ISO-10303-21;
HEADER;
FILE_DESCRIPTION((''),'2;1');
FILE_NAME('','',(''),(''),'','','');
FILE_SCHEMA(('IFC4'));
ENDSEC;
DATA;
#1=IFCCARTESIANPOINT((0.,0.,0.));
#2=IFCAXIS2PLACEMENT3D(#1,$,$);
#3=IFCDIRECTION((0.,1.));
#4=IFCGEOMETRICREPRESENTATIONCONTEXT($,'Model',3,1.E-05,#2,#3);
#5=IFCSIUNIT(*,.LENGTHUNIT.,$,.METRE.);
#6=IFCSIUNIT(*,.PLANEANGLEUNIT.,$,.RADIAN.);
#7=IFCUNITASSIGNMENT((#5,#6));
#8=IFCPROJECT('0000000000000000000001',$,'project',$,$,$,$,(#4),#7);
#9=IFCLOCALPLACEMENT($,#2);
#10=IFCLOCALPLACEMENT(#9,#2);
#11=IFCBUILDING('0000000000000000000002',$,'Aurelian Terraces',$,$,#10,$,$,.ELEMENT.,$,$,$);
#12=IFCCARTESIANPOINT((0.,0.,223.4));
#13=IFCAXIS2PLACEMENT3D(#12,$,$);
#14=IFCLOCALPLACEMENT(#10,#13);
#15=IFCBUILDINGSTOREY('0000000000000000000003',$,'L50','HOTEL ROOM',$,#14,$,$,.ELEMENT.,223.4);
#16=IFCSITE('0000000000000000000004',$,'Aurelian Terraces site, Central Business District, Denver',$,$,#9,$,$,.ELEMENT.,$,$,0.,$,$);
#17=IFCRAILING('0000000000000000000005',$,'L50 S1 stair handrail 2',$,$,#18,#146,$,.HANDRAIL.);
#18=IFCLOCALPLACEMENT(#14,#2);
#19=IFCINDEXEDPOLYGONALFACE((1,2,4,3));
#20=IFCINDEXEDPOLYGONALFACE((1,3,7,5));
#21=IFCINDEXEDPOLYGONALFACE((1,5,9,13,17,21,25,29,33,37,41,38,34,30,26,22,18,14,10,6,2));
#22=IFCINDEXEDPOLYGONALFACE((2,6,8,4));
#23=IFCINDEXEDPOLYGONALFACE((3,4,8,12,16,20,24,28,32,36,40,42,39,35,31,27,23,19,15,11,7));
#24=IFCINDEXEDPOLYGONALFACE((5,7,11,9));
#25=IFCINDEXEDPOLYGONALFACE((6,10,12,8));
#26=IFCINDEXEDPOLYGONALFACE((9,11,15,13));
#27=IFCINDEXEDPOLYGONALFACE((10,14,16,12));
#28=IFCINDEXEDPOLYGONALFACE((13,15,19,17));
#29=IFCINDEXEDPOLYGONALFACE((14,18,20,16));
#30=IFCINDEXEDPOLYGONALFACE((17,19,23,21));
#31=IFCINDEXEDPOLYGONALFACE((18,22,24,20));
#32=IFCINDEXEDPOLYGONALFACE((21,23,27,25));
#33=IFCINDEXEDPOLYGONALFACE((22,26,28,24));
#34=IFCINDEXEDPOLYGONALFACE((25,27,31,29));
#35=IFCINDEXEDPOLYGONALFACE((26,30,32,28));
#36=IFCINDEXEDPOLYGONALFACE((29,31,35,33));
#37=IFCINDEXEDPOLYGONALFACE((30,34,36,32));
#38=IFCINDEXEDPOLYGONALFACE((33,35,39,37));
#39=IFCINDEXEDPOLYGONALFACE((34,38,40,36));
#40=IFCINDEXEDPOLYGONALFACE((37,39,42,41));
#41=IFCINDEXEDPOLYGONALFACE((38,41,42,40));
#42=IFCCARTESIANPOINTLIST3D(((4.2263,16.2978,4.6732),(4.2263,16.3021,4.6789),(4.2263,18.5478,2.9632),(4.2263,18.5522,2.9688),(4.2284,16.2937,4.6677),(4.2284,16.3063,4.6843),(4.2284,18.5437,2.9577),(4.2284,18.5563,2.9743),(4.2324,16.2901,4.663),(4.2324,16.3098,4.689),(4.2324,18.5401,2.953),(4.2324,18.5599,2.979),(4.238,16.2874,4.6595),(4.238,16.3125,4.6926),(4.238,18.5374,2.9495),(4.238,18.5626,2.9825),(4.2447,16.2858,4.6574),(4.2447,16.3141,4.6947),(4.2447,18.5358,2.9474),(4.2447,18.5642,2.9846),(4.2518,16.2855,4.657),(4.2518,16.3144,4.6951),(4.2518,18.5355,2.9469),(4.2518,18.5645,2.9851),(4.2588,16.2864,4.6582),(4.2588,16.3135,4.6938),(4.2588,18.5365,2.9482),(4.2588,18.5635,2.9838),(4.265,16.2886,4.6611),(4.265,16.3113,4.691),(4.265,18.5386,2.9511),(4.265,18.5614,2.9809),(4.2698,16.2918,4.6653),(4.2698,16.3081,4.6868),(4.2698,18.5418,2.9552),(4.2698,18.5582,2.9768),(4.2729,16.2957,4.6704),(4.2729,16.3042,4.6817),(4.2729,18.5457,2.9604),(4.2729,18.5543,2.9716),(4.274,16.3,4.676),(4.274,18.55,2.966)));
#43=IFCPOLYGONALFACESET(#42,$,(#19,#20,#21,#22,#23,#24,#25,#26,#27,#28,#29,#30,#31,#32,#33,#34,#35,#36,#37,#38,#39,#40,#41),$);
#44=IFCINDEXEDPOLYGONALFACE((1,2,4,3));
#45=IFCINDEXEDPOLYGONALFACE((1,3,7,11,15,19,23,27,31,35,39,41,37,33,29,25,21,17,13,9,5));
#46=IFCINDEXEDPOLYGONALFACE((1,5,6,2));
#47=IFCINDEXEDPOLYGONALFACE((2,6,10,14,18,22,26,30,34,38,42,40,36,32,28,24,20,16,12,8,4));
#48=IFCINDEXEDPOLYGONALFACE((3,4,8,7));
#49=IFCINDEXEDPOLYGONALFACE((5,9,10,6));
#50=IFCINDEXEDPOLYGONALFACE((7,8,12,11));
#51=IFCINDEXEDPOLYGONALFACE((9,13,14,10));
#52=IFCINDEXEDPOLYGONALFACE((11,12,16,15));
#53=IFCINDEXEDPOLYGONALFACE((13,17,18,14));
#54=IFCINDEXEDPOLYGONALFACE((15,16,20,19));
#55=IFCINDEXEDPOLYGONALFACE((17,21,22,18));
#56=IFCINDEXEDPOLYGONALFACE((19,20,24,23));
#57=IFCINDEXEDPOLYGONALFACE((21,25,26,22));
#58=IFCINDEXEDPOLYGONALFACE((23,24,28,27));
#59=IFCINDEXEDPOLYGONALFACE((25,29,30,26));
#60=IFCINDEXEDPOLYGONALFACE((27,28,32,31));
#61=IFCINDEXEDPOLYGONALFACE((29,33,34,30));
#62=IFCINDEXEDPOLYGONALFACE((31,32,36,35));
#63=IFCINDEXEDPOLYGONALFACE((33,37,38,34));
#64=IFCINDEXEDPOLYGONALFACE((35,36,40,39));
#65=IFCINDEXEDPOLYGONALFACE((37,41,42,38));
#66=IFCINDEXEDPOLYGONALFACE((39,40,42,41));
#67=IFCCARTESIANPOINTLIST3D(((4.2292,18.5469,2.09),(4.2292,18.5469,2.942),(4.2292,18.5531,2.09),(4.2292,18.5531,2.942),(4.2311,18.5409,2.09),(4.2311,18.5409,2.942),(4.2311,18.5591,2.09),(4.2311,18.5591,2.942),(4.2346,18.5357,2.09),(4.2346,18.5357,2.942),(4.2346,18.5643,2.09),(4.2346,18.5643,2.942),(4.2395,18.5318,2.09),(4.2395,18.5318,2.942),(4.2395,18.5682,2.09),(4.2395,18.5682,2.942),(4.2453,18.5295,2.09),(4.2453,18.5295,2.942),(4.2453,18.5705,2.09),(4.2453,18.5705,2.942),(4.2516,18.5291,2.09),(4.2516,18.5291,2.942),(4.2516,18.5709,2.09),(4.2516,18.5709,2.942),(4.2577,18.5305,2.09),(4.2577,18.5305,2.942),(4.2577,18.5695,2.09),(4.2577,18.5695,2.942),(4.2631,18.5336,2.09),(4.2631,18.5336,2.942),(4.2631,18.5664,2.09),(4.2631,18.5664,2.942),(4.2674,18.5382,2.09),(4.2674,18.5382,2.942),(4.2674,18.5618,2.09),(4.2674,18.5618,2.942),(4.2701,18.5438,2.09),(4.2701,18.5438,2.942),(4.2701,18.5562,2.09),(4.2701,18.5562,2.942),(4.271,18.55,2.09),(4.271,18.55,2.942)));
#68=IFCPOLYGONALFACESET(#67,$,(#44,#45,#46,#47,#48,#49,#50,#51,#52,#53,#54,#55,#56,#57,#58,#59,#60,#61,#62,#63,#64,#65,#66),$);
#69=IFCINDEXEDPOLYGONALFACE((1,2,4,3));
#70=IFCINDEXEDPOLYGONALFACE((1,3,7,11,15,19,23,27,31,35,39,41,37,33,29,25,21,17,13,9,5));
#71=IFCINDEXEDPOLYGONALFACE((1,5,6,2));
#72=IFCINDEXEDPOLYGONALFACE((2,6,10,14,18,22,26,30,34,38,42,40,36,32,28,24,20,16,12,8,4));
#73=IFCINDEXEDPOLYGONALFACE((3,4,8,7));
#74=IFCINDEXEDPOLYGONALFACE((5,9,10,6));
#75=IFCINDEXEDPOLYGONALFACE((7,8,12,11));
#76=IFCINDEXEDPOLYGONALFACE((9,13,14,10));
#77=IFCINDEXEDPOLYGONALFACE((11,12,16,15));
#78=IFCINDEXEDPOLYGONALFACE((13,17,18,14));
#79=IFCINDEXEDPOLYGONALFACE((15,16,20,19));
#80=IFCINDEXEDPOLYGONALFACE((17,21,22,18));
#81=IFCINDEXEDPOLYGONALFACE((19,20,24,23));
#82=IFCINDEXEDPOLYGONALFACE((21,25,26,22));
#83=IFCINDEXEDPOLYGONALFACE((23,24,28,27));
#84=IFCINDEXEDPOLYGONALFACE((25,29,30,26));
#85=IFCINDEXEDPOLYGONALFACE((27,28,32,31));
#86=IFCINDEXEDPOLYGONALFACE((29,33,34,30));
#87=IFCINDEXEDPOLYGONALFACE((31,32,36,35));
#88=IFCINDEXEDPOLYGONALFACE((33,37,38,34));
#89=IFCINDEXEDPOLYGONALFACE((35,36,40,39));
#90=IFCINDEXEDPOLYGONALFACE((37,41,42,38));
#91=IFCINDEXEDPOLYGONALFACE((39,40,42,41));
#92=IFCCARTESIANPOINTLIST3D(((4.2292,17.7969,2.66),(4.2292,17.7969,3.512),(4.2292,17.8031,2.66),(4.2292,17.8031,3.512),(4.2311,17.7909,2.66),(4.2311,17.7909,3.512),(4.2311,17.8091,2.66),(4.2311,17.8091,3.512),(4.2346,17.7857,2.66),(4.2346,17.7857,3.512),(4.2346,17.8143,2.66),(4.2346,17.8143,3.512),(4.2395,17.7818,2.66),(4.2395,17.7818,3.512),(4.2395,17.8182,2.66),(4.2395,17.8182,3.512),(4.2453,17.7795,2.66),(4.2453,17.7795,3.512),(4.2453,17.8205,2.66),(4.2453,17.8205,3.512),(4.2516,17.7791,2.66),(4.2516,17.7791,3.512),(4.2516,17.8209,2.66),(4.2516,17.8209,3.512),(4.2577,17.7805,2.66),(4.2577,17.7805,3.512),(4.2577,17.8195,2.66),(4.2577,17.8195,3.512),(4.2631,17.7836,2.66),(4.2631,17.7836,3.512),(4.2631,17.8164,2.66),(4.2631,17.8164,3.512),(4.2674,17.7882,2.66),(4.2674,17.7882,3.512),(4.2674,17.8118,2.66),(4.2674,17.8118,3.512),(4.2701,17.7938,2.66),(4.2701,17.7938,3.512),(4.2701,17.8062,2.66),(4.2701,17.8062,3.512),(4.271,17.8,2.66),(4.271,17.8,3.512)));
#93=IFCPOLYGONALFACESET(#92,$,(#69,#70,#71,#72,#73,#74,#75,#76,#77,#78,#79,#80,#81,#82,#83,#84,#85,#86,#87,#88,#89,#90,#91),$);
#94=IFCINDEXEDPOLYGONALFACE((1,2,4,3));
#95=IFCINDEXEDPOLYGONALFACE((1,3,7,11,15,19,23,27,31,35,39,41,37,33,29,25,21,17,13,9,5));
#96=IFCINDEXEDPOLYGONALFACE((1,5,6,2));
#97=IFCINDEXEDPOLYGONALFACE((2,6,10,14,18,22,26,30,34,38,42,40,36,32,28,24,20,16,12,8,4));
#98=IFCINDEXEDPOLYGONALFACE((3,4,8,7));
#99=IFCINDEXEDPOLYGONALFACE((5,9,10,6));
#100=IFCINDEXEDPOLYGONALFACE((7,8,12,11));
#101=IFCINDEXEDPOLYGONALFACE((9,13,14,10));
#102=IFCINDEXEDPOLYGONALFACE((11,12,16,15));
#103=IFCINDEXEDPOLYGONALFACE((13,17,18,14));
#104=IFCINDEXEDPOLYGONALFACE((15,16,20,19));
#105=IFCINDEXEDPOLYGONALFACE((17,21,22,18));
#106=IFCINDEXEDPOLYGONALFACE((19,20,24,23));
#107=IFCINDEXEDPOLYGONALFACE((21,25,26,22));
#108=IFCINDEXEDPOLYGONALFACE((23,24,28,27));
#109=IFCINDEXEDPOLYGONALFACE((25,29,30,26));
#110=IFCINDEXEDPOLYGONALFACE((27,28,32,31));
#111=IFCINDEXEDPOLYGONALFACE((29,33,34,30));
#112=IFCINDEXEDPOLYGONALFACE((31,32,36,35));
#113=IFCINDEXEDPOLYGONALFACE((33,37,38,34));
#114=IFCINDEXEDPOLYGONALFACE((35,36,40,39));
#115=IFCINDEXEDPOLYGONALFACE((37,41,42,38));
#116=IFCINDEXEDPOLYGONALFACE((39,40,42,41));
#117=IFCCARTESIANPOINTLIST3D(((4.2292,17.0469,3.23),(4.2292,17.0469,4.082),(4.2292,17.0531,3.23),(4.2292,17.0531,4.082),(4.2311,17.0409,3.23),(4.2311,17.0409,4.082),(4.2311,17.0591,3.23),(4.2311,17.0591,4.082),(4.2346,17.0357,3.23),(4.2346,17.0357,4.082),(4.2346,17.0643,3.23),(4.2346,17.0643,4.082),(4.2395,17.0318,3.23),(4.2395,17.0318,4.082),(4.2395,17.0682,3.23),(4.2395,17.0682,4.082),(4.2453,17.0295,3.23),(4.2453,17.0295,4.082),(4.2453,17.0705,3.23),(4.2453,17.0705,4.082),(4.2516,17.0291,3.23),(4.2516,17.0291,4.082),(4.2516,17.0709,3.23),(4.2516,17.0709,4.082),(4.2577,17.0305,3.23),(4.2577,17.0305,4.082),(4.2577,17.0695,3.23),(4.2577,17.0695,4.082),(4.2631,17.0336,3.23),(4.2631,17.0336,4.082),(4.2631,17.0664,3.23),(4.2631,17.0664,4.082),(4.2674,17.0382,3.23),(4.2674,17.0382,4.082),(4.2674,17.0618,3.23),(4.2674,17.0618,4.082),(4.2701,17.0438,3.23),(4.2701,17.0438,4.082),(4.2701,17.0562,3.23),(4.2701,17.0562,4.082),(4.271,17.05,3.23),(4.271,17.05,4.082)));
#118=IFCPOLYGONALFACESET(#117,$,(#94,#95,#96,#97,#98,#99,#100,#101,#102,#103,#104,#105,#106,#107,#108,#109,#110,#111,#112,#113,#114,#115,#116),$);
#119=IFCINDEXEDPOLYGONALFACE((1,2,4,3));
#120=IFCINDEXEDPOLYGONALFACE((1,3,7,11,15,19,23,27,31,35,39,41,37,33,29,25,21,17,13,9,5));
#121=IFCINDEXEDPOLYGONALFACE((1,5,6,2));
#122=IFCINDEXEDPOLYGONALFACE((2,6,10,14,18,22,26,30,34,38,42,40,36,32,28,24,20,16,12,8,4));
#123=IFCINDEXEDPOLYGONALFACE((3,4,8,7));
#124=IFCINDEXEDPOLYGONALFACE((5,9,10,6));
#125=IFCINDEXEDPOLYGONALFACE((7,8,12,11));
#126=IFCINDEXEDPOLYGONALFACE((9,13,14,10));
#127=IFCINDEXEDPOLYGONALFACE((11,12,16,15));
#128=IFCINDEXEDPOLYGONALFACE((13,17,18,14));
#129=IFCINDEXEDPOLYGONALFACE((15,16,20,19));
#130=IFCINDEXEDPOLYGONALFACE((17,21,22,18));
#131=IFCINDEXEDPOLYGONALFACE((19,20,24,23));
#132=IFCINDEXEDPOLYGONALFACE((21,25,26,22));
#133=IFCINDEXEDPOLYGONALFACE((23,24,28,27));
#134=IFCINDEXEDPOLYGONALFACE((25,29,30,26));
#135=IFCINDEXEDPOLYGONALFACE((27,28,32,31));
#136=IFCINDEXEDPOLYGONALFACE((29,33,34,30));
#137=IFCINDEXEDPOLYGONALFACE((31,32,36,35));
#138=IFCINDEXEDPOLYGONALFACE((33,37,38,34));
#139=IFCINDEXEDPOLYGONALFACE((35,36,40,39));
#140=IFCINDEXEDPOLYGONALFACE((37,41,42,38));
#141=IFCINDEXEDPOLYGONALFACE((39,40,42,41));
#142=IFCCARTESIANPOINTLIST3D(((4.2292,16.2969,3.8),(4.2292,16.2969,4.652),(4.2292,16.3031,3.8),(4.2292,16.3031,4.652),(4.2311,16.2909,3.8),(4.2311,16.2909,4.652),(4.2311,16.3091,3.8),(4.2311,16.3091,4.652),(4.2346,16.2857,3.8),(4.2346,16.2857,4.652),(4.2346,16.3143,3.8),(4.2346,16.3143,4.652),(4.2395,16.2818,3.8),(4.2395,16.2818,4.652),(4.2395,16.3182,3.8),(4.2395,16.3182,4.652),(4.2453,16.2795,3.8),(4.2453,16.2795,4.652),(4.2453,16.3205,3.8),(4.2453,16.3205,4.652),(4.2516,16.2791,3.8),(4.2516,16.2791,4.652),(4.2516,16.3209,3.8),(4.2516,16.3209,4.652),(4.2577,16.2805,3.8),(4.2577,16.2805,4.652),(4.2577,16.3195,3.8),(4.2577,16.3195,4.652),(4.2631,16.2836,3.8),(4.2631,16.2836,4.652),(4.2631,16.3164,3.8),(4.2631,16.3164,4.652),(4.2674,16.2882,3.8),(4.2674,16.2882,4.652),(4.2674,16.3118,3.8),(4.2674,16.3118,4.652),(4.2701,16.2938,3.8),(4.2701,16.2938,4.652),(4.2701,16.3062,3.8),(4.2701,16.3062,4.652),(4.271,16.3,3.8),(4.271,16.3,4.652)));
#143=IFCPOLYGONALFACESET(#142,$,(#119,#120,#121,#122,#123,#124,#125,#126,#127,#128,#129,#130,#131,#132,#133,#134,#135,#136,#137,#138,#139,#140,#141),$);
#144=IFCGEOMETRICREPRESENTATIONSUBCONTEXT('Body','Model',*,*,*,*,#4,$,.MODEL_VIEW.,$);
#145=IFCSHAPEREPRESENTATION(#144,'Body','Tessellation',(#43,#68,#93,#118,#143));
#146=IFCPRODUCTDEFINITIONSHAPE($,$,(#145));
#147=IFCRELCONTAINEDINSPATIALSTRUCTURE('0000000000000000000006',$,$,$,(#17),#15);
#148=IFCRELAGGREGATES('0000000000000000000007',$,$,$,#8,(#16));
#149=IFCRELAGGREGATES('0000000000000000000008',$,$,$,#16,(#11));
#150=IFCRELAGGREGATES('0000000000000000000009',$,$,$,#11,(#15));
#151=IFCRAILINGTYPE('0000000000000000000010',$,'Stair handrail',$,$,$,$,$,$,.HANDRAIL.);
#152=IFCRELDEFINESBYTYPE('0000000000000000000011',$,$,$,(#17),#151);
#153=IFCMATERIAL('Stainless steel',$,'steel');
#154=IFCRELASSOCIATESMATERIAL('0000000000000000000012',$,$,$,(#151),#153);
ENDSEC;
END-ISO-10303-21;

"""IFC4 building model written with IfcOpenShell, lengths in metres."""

from ifc_helpers import new_model, si_unit, direction, frame, origin, origin_2d, place, context, subcontext, project, spatial, circle, extrude, source, transform, mapped, material, type_object, element, save


model = new_model("IFC4")

# Units and contexts
model_context = context("Model", 3, precision=1e-05, world=origin(), true_north=direction((0.0, 1.0)))
body_context = subcontext(model_context, "Body", "Model", "MODEL_VIEW")
ifc_project = project(units=[si_unit("LENGTHUNIT", "METRE"), si_unit("PLANEANGLEUNIT", "RADIAN")], contexts=[model_context])

# Site, building, storey
site_placement = place(None, origin())
site = spatial("IfcSite", under=ifc_project, at=site_placement, Name="Aurelian Terraces site, Central Business District, Denver", CompositionType="ELEMENT", RefElevation=0.0)
building_placement = place(site_placement, origin())
building = spatial("IfcBuilding", under=site, at=building_placement, Name="Aurelian Terraces", CompositionType="ELEMENT")
storey_placement = place(building_placement, frame((0.0, 0.0, 223.4)))
storey = spatial("IfcBuildingStorey", under=building, at=storey_placement, Name="L50", Description="HOTEL ROOM", CompositionType="ELEMENT", Elevation=223.4)

# Shared definitions
ifc_material_1 = material(Name="Stainless steel", Category="steel")

# Railing
railing_type_1 = type_object("IfcRailingType", Name="Stair handrail", PredefinedType="HANDRAIL", material=ifc_material_1)
shared_shape_1 = source(origin(), body_context, "Body", "SweptSolid", [
    extrude(circle(Radius=0.024, at=origin_2d()), frame((0.0, 0.0, 0.876), z_axis=(0.0, -0.796162, 0.605083), x_axis=(1.0, 0.0, 0.0)), (0.0, 0.0, 1.0), 2.8261),
    extrude(circle(Radius=0.021, at=origin_2d()), origin(), (0.0, 0.0, 1.0), 0.852),
    extrude(circle(Radius=0.021, at=origin_2d()), frame((0.0, -0.75, 0.57)), (0.0, 0.0, 1.0), 0.852),
    extrude(circle(Radius=0.021, at=origin_2d()), frame((0.0, -1.5, 1.14)), (0.0, 0.0, 1.0), 0.852),
    extrude(circle(Radius=0.021, at=origin_2d()), frame((0.0, -2.25, 1.71)), (0.0, 0.0, 1.0), 0.852),
])
railing_1_placement = place(storey_placement, frame((4.25, 18.55, 2.09)))
element("IfcRailing", 1, at=railing_1_placement, inside=storey, type_object=railing_type_1, Name="L50 S1 stair handrail 2", PredefinedType="HANDRAIL", context=body_context, shape_type="MappedRepresentation", body=[
    mapped(shared_shape_1, transform((0.0, 0.0, 0.0), scale=1.0)),
])

save(model, "model.ifc")
